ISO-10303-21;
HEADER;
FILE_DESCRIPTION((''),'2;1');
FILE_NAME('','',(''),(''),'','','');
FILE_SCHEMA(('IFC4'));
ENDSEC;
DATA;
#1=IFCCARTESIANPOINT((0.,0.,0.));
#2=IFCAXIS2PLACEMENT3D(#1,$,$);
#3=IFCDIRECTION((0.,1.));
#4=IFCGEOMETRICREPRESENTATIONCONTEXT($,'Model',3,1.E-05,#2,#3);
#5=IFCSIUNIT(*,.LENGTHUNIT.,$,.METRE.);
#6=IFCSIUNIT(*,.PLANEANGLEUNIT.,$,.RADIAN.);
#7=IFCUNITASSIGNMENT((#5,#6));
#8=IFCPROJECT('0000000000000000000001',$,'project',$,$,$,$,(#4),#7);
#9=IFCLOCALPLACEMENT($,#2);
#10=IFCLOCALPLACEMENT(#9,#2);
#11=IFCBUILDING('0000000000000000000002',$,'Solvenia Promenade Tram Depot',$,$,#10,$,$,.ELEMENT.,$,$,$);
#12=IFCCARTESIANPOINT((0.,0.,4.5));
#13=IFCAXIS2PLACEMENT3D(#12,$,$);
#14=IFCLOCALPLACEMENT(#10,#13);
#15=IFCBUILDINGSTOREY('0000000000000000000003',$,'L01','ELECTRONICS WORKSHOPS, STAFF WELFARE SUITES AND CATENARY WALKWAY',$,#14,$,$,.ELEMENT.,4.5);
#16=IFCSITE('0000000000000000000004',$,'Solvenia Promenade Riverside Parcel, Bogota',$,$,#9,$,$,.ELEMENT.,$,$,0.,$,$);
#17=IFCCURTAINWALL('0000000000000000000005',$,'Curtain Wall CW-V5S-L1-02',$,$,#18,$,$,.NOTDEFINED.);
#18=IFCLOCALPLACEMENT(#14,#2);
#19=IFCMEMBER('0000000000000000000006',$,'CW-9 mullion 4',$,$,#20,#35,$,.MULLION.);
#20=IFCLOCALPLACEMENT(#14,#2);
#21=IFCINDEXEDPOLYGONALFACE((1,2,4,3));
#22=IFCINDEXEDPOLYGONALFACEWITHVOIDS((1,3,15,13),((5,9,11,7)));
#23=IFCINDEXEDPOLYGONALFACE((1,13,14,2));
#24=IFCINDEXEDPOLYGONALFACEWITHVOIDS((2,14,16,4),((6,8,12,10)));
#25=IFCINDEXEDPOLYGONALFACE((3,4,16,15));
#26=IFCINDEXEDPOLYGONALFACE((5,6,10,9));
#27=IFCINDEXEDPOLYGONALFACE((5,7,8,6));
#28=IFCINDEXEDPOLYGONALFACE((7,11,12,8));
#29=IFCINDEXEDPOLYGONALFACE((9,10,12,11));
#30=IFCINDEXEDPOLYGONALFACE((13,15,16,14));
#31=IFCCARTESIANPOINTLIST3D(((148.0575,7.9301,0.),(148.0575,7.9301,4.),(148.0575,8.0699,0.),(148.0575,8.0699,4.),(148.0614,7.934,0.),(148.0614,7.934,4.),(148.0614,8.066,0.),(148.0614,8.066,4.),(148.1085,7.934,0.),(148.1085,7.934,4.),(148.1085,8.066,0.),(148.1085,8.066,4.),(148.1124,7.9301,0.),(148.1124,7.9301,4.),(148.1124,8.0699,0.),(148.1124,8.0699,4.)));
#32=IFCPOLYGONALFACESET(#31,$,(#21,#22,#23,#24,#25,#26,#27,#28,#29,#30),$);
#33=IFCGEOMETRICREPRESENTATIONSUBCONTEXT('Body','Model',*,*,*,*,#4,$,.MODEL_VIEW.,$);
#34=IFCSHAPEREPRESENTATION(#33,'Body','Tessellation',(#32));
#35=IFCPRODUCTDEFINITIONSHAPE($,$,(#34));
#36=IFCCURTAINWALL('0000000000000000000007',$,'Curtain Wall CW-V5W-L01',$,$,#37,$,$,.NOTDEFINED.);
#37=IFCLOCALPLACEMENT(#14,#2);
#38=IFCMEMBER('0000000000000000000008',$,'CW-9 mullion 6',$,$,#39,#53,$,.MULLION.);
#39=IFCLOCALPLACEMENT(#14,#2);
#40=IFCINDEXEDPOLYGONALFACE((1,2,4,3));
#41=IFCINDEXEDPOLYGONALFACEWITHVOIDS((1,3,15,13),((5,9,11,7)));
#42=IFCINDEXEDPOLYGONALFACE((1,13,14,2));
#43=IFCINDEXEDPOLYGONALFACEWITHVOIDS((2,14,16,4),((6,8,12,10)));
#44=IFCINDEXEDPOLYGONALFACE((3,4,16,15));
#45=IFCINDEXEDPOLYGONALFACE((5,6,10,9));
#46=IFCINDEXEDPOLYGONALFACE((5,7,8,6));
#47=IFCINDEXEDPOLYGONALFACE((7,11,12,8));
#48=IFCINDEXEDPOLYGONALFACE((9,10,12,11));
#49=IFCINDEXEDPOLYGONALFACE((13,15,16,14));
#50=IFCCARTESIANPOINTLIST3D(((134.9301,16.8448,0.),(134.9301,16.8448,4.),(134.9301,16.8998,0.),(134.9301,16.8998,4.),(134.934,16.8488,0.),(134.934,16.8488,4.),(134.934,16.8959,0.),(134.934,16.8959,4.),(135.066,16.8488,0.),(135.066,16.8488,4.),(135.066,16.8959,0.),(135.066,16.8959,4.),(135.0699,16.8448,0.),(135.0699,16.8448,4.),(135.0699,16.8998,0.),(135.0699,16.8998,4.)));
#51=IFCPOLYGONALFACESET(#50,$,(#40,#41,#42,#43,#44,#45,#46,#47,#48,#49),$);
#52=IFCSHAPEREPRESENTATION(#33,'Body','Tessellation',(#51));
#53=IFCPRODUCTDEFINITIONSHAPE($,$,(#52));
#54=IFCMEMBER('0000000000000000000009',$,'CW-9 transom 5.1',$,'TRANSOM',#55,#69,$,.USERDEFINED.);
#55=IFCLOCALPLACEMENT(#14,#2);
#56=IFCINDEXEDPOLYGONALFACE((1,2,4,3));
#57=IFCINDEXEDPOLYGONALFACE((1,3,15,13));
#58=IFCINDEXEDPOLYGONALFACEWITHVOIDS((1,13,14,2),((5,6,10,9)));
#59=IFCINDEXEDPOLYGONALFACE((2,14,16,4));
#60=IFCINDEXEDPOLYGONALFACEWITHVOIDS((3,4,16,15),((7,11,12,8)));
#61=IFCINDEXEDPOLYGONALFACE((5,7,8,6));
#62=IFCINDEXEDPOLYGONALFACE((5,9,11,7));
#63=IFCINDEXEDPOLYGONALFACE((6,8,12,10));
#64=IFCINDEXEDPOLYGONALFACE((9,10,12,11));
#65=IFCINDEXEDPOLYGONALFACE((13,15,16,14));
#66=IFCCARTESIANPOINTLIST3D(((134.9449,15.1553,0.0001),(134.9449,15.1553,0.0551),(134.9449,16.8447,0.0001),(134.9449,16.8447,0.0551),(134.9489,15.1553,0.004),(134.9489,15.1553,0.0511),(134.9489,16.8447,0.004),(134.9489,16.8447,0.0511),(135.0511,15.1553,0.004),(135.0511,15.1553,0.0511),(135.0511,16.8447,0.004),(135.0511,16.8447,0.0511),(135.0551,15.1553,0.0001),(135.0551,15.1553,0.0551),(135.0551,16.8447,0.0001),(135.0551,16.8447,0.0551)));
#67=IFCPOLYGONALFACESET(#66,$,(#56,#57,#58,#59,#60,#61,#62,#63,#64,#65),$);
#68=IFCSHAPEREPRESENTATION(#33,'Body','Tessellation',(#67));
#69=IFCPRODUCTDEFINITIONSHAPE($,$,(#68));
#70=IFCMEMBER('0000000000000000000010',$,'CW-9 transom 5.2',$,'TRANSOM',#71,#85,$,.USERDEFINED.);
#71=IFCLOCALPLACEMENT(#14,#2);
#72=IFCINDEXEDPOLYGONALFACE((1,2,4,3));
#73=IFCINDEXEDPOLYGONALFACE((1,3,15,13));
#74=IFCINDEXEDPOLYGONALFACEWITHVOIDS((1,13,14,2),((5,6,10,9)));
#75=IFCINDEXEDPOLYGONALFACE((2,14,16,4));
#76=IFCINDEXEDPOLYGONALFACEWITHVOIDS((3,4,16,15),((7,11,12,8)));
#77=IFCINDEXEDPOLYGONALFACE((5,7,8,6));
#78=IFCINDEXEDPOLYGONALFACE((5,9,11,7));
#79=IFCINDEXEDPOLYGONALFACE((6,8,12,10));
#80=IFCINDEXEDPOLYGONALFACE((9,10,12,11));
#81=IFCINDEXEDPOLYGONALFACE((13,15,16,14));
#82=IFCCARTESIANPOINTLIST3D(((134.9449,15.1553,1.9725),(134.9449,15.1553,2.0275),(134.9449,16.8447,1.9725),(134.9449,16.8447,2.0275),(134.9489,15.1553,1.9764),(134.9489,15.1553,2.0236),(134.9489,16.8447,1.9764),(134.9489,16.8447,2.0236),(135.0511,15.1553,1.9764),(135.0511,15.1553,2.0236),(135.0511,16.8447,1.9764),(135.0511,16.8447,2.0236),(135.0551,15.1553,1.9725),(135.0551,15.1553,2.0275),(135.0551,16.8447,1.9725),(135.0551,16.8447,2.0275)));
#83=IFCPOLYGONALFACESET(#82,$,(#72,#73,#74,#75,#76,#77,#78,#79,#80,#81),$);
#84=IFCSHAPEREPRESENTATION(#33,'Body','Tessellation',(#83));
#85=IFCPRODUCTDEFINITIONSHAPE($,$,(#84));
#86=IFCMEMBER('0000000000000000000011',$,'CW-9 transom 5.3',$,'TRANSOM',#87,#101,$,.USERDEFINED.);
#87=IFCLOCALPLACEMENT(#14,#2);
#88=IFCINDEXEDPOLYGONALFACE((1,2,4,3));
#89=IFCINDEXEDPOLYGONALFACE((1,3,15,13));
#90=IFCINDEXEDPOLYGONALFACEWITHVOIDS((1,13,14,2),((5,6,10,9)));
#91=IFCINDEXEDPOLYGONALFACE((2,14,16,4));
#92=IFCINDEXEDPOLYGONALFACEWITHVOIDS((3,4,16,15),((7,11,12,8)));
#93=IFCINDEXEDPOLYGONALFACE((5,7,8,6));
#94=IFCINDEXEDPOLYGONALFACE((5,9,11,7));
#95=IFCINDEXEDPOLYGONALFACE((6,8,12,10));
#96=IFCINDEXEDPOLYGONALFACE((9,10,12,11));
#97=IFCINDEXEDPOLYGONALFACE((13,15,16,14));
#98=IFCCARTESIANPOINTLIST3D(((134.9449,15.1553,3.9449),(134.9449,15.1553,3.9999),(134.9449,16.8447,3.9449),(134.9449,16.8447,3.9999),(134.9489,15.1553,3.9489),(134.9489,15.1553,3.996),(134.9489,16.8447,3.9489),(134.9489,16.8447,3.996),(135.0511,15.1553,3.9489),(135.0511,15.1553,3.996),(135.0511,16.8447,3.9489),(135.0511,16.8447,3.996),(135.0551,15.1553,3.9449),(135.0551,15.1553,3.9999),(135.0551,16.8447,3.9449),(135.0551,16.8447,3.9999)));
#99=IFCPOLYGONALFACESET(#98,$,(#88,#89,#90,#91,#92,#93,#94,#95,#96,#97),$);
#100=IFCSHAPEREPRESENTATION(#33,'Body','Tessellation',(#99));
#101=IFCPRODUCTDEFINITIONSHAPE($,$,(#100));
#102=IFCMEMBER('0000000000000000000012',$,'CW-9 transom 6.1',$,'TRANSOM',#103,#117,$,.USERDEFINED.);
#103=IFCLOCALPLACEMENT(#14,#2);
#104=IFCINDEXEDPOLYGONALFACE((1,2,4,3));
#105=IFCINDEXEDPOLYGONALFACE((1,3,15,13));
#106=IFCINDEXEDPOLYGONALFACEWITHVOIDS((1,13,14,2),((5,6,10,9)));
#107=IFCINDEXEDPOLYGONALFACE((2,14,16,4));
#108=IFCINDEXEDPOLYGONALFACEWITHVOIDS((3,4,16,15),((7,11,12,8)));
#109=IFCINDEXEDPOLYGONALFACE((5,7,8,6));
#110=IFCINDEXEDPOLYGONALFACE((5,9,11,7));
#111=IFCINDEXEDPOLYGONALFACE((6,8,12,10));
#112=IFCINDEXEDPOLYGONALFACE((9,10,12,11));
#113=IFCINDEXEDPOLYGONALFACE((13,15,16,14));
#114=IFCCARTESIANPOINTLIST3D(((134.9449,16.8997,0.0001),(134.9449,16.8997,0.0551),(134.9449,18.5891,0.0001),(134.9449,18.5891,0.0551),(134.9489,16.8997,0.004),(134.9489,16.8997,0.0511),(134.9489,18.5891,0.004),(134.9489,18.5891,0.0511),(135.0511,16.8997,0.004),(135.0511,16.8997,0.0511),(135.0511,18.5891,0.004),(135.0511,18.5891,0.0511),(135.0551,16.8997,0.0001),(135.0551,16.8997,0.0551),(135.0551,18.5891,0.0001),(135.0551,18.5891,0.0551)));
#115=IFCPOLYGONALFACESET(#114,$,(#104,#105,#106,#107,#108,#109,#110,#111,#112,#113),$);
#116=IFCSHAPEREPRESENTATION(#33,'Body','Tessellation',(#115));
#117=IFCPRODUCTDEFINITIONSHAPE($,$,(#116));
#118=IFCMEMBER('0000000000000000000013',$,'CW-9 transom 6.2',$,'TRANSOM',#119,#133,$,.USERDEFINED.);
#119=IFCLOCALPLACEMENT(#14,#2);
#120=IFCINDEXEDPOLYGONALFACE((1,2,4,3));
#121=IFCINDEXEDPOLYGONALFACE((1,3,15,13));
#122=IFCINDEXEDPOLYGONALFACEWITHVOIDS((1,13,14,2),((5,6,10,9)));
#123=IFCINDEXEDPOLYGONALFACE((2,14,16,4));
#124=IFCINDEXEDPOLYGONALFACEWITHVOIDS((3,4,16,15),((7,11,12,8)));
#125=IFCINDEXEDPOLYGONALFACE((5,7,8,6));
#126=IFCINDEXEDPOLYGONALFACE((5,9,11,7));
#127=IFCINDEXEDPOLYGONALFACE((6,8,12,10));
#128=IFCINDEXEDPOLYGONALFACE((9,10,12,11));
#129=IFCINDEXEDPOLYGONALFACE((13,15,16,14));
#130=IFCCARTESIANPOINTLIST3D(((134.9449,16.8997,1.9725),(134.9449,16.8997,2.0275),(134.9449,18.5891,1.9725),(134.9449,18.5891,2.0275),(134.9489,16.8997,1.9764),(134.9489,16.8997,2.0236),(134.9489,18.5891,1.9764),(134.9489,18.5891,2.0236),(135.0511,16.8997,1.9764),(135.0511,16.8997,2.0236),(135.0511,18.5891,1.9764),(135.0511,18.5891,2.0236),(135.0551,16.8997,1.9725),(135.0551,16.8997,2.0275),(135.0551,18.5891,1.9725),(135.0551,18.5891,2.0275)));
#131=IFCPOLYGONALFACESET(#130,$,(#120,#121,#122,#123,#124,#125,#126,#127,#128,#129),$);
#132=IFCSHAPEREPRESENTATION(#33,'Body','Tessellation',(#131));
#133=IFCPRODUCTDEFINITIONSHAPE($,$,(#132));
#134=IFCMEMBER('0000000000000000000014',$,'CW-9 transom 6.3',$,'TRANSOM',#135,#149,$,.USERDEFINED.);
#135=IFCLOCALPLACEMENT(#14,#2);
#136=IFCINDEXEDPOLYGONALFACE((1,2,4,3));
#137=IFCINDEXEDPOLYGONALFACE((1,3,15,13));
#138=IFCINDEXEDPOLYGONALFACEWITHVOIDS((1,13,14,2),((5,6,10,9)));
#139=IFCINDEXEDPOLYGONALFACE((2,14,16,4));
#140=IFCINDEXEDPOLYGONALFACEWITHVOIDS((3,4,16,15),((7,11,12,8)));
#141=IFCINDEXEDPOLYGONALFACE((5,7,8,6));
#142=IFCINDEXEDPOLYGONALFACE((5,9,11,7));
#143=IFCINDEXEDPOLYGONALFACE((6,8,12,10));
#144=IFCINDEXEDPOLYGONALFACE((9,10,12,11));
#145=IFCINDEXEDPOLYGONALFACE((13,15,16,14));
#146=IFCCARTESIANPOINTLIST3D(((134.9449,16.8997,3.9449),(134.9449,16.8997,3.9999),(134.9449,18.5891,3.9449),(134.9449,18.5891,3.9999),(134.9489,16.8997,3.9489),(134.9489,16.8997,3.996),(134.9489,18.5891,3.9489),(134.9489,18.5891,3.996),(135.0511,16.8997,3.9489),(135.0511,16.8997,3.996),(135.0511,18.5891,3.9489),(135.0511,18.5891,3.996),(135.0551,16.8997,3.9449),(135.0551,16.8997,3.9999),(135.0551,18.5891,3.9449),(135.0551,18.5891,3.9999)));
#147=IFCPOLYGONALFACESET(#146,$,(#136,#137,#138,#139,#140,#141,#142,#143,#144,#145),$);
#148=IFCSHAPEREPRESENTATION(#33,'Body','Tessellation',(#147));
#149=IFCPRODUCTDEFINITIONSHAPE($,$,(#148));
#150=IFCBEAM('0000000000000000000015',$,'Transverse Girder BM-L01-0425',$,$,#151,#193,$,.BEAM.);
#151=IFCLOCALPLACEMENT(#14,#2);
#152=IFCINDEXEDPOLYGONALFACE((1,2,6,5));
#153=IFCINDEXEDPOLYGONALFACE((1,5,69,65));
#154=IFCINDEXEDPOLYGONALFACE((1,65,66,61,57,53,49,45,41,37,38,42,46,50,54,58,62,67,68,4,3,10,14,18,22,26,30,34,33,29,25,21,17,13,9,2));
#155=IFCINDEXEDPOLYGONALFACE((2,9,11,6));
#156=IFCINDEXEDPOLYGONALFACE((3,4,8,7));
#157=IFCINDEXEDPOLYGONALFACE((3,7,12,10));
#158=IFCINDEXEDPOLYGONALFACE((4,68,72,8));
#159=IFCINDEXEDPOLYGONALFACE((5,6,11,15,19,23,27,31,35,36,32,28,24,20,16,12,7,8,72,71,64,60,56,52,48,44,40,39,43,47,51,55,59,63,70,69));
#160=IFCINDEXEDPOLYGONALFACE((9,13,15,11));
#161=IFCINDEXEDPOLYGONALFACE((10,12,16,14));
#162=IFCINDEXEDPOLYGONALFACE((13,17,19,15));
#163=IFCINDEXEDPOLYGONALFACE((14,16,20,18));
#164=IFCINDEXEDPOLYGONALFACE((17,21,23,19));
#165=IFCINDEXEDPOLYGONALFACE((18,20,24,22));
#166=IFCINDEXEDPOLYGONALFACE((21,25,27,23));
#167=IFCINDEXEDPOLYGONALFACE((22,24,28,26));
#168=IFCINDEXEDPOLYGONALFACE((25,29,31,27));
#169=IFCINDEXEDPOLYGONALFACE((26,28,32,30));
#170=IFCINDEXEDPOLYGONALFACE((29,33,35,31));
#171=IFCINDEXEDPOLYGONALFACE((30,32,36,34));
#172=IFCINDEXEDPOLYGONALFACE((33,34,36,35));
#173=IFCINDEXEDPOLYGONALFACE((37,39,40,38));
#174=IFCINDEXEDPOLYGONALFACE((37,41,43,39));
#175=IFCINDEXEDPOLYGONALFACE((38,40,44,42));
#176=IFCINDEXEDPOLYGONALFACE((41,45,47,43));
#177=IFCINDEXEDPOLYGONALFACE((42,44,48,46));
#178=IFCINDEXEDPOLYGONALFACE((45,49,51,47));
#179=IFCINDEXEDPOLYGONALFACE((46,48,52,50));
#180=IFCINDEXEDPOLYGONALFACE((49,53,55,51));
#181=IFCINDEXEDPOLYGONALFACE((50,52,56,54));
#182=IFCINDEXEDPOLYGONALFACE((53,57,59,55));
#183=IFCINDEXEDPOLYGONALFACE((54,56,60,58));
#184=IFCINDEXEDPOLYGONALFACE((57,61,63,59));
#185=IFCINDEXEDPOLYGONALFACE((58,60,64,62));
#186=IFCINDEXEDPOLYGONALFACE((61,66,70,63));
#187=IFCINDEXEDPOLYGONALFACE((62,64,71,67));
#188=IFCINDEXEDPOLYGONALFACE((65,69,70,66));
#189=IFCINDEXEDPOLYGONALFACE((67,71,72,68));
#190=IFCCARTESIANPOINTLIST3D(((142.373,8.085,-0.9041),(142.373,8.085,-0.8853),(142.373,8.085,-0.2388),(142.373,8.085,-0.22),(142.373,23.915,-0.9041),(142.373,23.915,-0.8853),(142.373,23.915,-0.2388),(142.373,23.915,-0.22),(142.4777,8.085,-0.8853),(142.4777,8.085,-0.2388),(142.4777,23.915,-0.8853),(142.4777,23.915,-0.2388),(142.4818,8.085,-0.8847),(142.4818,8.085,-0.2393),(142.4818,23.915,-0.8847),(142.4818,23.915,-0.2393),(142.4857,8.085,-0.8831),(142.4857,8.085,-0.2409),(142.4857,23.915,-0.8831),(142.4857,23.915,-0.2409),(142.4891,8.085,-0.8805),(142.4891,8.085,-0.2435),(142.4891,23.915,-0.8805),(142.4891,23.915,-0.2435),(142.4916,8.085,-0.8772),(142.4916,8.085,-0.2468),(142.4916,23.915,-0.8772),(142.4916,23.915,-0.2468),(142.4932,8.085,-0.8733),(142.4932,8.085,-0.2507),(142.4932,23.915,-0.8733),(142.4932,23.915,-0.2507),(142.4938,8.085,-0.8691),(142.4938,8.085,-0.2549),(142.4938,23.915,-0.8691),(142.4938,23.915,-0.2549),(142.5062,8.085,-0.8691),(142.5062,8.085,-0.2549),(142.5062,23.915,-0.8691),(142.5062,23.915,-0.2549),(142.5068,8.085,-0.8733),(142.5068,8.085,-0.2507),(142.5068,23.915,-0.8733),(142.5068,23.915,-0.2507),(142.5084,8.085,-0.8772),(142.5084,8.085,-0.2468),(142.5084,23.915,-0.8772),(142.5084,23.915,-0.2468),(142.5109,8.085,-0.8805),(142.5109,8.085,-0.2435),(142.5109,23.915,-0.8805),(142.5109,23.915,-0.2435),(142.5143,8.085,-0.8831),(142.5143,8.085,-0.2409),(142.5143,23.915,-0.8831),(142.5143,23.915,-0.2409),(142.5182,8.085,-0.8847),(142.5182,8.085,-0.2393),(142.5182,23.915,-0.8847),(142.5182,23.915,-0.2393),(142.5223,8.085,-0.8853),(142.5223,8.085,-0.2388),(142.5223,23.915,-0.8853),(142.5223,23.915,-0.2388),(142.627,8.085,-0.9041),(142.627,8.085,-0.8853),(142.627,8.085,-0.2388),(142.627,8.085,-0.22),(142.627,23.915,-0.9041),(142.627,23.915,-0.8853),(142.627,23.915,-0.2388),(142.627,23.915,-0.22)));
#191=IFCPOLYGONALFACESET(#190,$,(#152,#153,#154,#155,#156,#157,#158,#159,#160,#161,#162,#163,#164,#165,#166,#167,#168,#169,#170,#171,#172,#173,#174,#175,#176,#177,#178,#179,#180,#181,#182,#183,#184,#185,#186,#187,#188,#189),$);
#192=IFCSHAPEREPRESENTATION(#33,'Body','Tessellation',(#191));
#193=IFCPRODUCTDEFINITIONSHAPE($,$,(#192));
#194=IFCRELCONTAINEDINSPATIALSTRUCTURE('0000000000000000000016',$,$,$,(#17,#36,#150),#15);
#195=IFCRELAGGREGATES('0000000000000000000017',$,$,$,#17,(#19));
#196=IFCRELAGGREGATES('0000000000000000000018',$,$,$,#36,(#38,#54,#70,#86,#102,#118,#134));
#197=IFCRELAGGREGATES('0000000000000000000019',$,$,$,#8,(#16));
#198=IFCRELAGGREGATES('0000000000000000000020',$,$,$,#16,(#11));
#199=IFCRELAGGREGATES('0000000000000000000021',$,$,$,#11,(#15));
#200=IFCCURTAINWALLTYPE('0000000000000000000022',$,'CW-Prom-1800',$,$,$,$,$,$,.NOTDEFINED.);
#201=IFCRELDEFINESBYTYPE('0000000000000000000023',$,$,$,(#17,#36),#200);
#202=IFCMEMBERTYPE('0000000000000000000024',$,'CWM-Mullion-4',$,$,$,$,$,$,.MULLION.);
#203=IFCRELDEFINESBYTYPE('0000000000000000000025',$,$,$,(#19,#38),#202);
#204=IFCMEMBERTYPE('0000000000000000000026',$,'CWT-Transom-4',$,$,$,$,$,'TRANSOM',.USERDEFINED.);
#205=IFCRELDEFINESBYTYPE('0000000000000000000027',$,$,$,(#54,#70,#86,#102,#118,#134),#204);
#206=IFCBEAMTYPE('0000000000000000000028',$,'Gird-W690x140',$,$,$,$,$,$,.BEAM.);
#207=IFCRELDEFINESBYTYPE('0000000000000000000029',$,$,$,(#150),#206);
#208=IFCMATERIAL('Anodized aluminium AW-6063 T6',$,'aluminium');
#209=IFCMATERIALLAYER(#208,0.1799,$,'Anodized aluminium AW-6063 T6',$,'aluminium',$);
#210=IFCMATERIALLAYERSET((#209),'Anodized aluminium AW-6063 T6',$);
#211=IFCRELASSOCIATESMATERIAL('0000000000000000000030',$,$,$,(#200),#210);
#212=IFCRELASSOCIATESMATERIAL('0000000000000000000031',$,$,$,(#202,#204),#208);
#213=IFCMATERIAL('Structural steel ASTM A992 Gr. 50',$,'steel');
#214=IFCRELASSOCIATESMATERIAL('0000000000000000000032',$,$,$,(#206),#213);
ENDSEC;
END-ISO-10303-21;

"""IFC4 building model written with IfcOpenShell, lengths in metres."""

from ifc_helpers import new_model, si_unit, direction, frame, origin, origin_2d, place, context, subcontext, project, spatial, hollow_rectangle, i_section, extrude, material, layer, layer_set, material_profile, profile_set, type_object, element, aggregate, save


model = new_model("IFC4")

# Units and contexts
model_context = context("Model", 3, precision=1e-05, world=origin(), true_north=direction((0.0, 1.0)))
body_context = subcontext(model_context, "Body", "Model", "MODEL_VIEW")
ifc_project = project(units=[si_unit("LENGTHUNIT", "METRE"), si_unit("PLANEANGLEUNIT", "RADIAN")], contexts=[model_context])

# Site, building, storey
site_placement = place(None, origin())
site = spatial("IfcSite", under=ifc_project, at=site_placement, Name="Solvenia Promenade Riverside Parcel, Bogota", CompositionType="ELEMENT", RefElevation=0.0)
building_placement = place(site_placement, origin())
building = spatial("IfcBuilding", under=site, at=building_placement, Name="Solvenia Promenade Tram Depot", CompositionType="ELEMENT")
storey_placement = place(building_placement, frame((0.0, 0.0, 4.5)))
storey = spatial("IfcBuildingStorey", under=building, at=storey_placement, Name="L01", Description="ELECTRONICS WORKSHOPS, STAFF WELFARE SUITES AND CATENARY WALKWAY", CompositionType="ELEMENT", Elevation=4.5)

# Curtain wall, member
ifc_material_1 = material(Name="Anodized aluminium AW-6063 T6", Category="aluminium")
ifc_layer_1 = layer(ifc_material_1, 0.1799, Name="Anodized aluminium AW-6063 T6", Category="aluminium")
ifc_layer_set_1 = layer_set([ifc_layer_1], Name="Anodized aluminium AW-6063 T6")
curtain_wall_type = type_object("IfcCurtainWallType", Name="CW-Prom-1800", PredefinedType="NOTDEFINED", material=ifc_layer_set_1)
curtain_wall_1_placement = place(storey_placement, origin())
curtain_wall_1 = element("IfcCurtainWall", 1, at=curtain_wall_1_placement, inside=storey, type_object=curtain_wall_type, Name="Curtain Wall CW-V5S-L1-02", PredefinedType="NOTDEFINED")
ifc_material_profile_1 = material_profile(ifc_material_1, hollow_rectangle(XDim=0.1399, YDim=0.0549, WallThickness=0.0039, at=origin_2d()), Name="ALU-M4", Category="aluminium")
ifc_profile_set_1 = profile_set([ifc_material_profile_1], Name="Anodized aluminium AW-6063 T6")
member_type_1 = type_object("IfcMemberType", Name="CWM-Mullion-4", PredefinedType="MULLION", material=ifc_profile_set_1)
member_1_placement = place(storey_placement, frame((148.085, 8.0, 0.0), z_axis=(0.0, 0.0, 1.0), x_axis=(0.0, 1.0, 0.0)))
member_1 = element("IfcMember", 2, at=member_1_placement, type_object=member_type_1, Name="CW-9 mullion 4", PredefinedType="MULLION", context=body_context, shape_type="SweptSolid", body=[
    extrude(hollow_rectangle(XDim=0.1399, YDim=0.0549, WallThickness=0.0039, at=origin_2d()), origin(), (0.0, 0.0, 1.0), 4.0),
])

# Curtain wall, members
curtain_wall_2_placement = place(storey_placement, origin())
curtain_wall_2 = element("IfcCurtainWall", 3, at=curtain_wall_2_placement, inside=storey, type_object=curtain_wall_type, Name="Curtain Wall CW-V5W-L01", PredefinedType="NOTDEFINED")
member_2_placement = place(storey_placement, frame((135.0, 16.8723, 0.0), z_axis=(0.0, 0.0, 1.0), x_axis=(-1.0, 0.0, 0.0)))
member_2 = element("IfcMember", 4, at=member_2_placement, type_object=member_type_1, Name="CW-9 mullion 6", PredefinedType="MULLION", context=body_context, shape_type="SweptSolid", body=[
    extrude(hollow_rectangle(XDim=0.1399, YDim=0.0549, WallThickness=0.0039, at=origin_2d()), origin(), (0.0, 0.0, 1.0), 4.0),
])
ifc_material_profile_2 = material_profile(ifc_material_1, hollow_rectangle(XDim=0.1101, YDim=0.0549, WallThickness=0.0039, at=origin_2d()), Name="ALU-T4", Category="aluminium")
ifc_profile_set_2 = profile_set([ifc_material_profile_2], Name="Anodized aluminium AW-6063 T6")
member_type_2 = type_object("IfcMemberType", Name="CWT-Transom-4", ElementType="TRANSOM", PredefinedType="USERDEFINED", material=ifc_profile_set_2)
member_3_placement = place(storey_placement, frame((135.0, 15.1553, 0.0276), z_axis=(0.0, 1.0, 0.0), x_axis=(-1.0, 0.0, 0.0)))
member_3 = element("IfcMember", 5, at=member_3_placement, type_object=member_type_2, Name="CW-9 transom 5.1", ObjectType="TRANSOM", PredefinedType="USERDEFINED", context=body_context, shape_type="SweptSolid", body=[
    extrude(hollow_rectangle(XDim=0.1101, YDim=0.0549, WallThickness=0.0039, at=origin_2d()), origin(), (0.0, 0.0, 1.0), 1.6895),
])
member_4_placement = place(storey_placement, frame((135.0, 15.1553, 2.0), z_axis=(0.0, 1.0, 0.0), x_axis=(-1.0, 0.0, 0.0)))
member_4 = element("IfcMember", 6, at=member_4_placement, type_object=member_type_2, Name="CW-9 transom 5.2", ObjectType="TRANSOM", PredefinedType="USERDEFINED", context=body_context, shape_type="SweptSolid", body=[
    extrude(hollow_rectangle(XDim=0.1101, YDim=0.0549, WallThickness=0.0039, at=origin_2d()), origin(), (0.0, 0.0, 1.0), 1.6895),
])
member_5_placement = place(storey_placement, frame((135.0, 15.1553, 3.9724), z_axis=(0.0, 1.0, 0.0), x_axis=(-1.0, 0.0, 0.0)))
member_5 = element("IfcMember", 7, at=member_5_placement, type_object=member_type_2, Name="CW-9 transom 5.3", ObjectType="TRANSOM", PredefinedType="USERDEFINED", context=body_context, shape_type="SweptSolid", body=[
    extrude(hollow_rectangle(XDim=0.1101, YDim=0.0549, WallThickness=0.0039, at=origin_2d()), origin(), (0.0, 0.0, 1.0), 1.6895),
])
member_6_placement = place(storey_placement, frame((135.0, 16.8997, 0.0276), z_axis=(0.0, 1.0, 0.0), x_axis=(-1.0, 0.0, 0.0)))
member_6 = element("IfcMember", 8, at=member_6_placement, type_object=member_type_2, Name="CW-9 transom 6.1", ObjectType="TRANSOM", PredefinedType="USERDEFINED", context=body_context, shape_type="SweptSolid", body=[
    extrude(hollow_rectangle(XDim=0.1101, YDim=0.0549, WallThickness=0.0039, at=origin_2d()), origin(), (0.0, 0.0, 1.0), 1.6895),
])
member_7_placement = place(storey_placement, frame((135.0, 16.8997, 2.0), z_axis=(0.0, 1.0, 0.0), x_axis=(-1.0, 0.0, 0.0)))
member_7 = element("IfcMember", 9, at=member_7_placement, type_object=member_type_2, Name="CW-9 transom 6.2", ObjectType="TRANSOM", PredefinedType="USERDEFINED", context=body_context, shape_type="SweptSolid", body=[
    extrude(hollow_rectangle(XDim=0.1101, YDim=0.0549, WallThickness=0.0039, at=origin_2d()), origin(), (0.0, 0.0, 1.0), 1.6895),
])
member_8_placement = place(storey_placement, frame((135.0, 16.8997, 3.9724), z_axis=(0.0, 1.0, 0.0), x_axis=(-1.0, 0.0, 0.0)))
member_8 = element("IfcMember", 10, at=member_8_placement, type_object=member_type_2, Name="CW-9 transom 6.3", ObjectType="TRANSOM", PredefinedType="USERDEFINED", context=body_context, shape_type="SweptSolid", body=[
    extrude(hollow_rectangle(XDim=0.1101, YDim=0.0549, WallThickness=0.0039, at=origin_2d()), origin(), (0.0, 0.0, 1.0), 1.6895),
])

# Beam
ifc_material_2 = material(Name="Structural steel ASTM A992 Gr. 50", Category="steel")
ifc_material_profile_3 = material_profile(ifc_material_2, i_section(OverallWidth=0.2539, OverallDepth=0.6841, WebThickness=0.0125, FlangeThickness=0.0188, FilletRadius=0.0161, at=origin_2d()), Name="W690x140", Category="steel")
ifc_profile_set_3 = profile_set([ifc_material_profile_3], Name="Structural steel ASTM A992 Gr. 50")
beam_type_1 = type_object("IfcBeamType", Name="Gird-W690x140", PredefinedType="BEAM", material=ifc_profile_set_3)
beam_placement = place(storey_placement, frame((142.5, 8.085, -0.562), z_axis=(0.0, 1.0, 0.0), x_axis=(-1.0, 0.0, 0.0)))
element("IfcBeam", 11, at=beam_placement, inside=storey, type_object=beam_type_1, Name="Transverse Girder BM-L01-0425", PredefinedType="BEAM", context=body_context, shape_type="SweptSolid", body=[
    extrude(i_section(OverallWidth=0.2539, OverallDepth=0.6841, WebThickness=0.0125, FlangeThickness=0.0188, FilletRadius=0.0161, at=origin_2d()), origin(), (0.0, 0.0, 1.0), 15.8301),
])

aggregate(curtain_wall_1, [member_1])
aggregate(curtain_wall_2, [member_2, member_3, member_4, member_5, member_6, member_7, member_8])

save(model, "model.ifc")
